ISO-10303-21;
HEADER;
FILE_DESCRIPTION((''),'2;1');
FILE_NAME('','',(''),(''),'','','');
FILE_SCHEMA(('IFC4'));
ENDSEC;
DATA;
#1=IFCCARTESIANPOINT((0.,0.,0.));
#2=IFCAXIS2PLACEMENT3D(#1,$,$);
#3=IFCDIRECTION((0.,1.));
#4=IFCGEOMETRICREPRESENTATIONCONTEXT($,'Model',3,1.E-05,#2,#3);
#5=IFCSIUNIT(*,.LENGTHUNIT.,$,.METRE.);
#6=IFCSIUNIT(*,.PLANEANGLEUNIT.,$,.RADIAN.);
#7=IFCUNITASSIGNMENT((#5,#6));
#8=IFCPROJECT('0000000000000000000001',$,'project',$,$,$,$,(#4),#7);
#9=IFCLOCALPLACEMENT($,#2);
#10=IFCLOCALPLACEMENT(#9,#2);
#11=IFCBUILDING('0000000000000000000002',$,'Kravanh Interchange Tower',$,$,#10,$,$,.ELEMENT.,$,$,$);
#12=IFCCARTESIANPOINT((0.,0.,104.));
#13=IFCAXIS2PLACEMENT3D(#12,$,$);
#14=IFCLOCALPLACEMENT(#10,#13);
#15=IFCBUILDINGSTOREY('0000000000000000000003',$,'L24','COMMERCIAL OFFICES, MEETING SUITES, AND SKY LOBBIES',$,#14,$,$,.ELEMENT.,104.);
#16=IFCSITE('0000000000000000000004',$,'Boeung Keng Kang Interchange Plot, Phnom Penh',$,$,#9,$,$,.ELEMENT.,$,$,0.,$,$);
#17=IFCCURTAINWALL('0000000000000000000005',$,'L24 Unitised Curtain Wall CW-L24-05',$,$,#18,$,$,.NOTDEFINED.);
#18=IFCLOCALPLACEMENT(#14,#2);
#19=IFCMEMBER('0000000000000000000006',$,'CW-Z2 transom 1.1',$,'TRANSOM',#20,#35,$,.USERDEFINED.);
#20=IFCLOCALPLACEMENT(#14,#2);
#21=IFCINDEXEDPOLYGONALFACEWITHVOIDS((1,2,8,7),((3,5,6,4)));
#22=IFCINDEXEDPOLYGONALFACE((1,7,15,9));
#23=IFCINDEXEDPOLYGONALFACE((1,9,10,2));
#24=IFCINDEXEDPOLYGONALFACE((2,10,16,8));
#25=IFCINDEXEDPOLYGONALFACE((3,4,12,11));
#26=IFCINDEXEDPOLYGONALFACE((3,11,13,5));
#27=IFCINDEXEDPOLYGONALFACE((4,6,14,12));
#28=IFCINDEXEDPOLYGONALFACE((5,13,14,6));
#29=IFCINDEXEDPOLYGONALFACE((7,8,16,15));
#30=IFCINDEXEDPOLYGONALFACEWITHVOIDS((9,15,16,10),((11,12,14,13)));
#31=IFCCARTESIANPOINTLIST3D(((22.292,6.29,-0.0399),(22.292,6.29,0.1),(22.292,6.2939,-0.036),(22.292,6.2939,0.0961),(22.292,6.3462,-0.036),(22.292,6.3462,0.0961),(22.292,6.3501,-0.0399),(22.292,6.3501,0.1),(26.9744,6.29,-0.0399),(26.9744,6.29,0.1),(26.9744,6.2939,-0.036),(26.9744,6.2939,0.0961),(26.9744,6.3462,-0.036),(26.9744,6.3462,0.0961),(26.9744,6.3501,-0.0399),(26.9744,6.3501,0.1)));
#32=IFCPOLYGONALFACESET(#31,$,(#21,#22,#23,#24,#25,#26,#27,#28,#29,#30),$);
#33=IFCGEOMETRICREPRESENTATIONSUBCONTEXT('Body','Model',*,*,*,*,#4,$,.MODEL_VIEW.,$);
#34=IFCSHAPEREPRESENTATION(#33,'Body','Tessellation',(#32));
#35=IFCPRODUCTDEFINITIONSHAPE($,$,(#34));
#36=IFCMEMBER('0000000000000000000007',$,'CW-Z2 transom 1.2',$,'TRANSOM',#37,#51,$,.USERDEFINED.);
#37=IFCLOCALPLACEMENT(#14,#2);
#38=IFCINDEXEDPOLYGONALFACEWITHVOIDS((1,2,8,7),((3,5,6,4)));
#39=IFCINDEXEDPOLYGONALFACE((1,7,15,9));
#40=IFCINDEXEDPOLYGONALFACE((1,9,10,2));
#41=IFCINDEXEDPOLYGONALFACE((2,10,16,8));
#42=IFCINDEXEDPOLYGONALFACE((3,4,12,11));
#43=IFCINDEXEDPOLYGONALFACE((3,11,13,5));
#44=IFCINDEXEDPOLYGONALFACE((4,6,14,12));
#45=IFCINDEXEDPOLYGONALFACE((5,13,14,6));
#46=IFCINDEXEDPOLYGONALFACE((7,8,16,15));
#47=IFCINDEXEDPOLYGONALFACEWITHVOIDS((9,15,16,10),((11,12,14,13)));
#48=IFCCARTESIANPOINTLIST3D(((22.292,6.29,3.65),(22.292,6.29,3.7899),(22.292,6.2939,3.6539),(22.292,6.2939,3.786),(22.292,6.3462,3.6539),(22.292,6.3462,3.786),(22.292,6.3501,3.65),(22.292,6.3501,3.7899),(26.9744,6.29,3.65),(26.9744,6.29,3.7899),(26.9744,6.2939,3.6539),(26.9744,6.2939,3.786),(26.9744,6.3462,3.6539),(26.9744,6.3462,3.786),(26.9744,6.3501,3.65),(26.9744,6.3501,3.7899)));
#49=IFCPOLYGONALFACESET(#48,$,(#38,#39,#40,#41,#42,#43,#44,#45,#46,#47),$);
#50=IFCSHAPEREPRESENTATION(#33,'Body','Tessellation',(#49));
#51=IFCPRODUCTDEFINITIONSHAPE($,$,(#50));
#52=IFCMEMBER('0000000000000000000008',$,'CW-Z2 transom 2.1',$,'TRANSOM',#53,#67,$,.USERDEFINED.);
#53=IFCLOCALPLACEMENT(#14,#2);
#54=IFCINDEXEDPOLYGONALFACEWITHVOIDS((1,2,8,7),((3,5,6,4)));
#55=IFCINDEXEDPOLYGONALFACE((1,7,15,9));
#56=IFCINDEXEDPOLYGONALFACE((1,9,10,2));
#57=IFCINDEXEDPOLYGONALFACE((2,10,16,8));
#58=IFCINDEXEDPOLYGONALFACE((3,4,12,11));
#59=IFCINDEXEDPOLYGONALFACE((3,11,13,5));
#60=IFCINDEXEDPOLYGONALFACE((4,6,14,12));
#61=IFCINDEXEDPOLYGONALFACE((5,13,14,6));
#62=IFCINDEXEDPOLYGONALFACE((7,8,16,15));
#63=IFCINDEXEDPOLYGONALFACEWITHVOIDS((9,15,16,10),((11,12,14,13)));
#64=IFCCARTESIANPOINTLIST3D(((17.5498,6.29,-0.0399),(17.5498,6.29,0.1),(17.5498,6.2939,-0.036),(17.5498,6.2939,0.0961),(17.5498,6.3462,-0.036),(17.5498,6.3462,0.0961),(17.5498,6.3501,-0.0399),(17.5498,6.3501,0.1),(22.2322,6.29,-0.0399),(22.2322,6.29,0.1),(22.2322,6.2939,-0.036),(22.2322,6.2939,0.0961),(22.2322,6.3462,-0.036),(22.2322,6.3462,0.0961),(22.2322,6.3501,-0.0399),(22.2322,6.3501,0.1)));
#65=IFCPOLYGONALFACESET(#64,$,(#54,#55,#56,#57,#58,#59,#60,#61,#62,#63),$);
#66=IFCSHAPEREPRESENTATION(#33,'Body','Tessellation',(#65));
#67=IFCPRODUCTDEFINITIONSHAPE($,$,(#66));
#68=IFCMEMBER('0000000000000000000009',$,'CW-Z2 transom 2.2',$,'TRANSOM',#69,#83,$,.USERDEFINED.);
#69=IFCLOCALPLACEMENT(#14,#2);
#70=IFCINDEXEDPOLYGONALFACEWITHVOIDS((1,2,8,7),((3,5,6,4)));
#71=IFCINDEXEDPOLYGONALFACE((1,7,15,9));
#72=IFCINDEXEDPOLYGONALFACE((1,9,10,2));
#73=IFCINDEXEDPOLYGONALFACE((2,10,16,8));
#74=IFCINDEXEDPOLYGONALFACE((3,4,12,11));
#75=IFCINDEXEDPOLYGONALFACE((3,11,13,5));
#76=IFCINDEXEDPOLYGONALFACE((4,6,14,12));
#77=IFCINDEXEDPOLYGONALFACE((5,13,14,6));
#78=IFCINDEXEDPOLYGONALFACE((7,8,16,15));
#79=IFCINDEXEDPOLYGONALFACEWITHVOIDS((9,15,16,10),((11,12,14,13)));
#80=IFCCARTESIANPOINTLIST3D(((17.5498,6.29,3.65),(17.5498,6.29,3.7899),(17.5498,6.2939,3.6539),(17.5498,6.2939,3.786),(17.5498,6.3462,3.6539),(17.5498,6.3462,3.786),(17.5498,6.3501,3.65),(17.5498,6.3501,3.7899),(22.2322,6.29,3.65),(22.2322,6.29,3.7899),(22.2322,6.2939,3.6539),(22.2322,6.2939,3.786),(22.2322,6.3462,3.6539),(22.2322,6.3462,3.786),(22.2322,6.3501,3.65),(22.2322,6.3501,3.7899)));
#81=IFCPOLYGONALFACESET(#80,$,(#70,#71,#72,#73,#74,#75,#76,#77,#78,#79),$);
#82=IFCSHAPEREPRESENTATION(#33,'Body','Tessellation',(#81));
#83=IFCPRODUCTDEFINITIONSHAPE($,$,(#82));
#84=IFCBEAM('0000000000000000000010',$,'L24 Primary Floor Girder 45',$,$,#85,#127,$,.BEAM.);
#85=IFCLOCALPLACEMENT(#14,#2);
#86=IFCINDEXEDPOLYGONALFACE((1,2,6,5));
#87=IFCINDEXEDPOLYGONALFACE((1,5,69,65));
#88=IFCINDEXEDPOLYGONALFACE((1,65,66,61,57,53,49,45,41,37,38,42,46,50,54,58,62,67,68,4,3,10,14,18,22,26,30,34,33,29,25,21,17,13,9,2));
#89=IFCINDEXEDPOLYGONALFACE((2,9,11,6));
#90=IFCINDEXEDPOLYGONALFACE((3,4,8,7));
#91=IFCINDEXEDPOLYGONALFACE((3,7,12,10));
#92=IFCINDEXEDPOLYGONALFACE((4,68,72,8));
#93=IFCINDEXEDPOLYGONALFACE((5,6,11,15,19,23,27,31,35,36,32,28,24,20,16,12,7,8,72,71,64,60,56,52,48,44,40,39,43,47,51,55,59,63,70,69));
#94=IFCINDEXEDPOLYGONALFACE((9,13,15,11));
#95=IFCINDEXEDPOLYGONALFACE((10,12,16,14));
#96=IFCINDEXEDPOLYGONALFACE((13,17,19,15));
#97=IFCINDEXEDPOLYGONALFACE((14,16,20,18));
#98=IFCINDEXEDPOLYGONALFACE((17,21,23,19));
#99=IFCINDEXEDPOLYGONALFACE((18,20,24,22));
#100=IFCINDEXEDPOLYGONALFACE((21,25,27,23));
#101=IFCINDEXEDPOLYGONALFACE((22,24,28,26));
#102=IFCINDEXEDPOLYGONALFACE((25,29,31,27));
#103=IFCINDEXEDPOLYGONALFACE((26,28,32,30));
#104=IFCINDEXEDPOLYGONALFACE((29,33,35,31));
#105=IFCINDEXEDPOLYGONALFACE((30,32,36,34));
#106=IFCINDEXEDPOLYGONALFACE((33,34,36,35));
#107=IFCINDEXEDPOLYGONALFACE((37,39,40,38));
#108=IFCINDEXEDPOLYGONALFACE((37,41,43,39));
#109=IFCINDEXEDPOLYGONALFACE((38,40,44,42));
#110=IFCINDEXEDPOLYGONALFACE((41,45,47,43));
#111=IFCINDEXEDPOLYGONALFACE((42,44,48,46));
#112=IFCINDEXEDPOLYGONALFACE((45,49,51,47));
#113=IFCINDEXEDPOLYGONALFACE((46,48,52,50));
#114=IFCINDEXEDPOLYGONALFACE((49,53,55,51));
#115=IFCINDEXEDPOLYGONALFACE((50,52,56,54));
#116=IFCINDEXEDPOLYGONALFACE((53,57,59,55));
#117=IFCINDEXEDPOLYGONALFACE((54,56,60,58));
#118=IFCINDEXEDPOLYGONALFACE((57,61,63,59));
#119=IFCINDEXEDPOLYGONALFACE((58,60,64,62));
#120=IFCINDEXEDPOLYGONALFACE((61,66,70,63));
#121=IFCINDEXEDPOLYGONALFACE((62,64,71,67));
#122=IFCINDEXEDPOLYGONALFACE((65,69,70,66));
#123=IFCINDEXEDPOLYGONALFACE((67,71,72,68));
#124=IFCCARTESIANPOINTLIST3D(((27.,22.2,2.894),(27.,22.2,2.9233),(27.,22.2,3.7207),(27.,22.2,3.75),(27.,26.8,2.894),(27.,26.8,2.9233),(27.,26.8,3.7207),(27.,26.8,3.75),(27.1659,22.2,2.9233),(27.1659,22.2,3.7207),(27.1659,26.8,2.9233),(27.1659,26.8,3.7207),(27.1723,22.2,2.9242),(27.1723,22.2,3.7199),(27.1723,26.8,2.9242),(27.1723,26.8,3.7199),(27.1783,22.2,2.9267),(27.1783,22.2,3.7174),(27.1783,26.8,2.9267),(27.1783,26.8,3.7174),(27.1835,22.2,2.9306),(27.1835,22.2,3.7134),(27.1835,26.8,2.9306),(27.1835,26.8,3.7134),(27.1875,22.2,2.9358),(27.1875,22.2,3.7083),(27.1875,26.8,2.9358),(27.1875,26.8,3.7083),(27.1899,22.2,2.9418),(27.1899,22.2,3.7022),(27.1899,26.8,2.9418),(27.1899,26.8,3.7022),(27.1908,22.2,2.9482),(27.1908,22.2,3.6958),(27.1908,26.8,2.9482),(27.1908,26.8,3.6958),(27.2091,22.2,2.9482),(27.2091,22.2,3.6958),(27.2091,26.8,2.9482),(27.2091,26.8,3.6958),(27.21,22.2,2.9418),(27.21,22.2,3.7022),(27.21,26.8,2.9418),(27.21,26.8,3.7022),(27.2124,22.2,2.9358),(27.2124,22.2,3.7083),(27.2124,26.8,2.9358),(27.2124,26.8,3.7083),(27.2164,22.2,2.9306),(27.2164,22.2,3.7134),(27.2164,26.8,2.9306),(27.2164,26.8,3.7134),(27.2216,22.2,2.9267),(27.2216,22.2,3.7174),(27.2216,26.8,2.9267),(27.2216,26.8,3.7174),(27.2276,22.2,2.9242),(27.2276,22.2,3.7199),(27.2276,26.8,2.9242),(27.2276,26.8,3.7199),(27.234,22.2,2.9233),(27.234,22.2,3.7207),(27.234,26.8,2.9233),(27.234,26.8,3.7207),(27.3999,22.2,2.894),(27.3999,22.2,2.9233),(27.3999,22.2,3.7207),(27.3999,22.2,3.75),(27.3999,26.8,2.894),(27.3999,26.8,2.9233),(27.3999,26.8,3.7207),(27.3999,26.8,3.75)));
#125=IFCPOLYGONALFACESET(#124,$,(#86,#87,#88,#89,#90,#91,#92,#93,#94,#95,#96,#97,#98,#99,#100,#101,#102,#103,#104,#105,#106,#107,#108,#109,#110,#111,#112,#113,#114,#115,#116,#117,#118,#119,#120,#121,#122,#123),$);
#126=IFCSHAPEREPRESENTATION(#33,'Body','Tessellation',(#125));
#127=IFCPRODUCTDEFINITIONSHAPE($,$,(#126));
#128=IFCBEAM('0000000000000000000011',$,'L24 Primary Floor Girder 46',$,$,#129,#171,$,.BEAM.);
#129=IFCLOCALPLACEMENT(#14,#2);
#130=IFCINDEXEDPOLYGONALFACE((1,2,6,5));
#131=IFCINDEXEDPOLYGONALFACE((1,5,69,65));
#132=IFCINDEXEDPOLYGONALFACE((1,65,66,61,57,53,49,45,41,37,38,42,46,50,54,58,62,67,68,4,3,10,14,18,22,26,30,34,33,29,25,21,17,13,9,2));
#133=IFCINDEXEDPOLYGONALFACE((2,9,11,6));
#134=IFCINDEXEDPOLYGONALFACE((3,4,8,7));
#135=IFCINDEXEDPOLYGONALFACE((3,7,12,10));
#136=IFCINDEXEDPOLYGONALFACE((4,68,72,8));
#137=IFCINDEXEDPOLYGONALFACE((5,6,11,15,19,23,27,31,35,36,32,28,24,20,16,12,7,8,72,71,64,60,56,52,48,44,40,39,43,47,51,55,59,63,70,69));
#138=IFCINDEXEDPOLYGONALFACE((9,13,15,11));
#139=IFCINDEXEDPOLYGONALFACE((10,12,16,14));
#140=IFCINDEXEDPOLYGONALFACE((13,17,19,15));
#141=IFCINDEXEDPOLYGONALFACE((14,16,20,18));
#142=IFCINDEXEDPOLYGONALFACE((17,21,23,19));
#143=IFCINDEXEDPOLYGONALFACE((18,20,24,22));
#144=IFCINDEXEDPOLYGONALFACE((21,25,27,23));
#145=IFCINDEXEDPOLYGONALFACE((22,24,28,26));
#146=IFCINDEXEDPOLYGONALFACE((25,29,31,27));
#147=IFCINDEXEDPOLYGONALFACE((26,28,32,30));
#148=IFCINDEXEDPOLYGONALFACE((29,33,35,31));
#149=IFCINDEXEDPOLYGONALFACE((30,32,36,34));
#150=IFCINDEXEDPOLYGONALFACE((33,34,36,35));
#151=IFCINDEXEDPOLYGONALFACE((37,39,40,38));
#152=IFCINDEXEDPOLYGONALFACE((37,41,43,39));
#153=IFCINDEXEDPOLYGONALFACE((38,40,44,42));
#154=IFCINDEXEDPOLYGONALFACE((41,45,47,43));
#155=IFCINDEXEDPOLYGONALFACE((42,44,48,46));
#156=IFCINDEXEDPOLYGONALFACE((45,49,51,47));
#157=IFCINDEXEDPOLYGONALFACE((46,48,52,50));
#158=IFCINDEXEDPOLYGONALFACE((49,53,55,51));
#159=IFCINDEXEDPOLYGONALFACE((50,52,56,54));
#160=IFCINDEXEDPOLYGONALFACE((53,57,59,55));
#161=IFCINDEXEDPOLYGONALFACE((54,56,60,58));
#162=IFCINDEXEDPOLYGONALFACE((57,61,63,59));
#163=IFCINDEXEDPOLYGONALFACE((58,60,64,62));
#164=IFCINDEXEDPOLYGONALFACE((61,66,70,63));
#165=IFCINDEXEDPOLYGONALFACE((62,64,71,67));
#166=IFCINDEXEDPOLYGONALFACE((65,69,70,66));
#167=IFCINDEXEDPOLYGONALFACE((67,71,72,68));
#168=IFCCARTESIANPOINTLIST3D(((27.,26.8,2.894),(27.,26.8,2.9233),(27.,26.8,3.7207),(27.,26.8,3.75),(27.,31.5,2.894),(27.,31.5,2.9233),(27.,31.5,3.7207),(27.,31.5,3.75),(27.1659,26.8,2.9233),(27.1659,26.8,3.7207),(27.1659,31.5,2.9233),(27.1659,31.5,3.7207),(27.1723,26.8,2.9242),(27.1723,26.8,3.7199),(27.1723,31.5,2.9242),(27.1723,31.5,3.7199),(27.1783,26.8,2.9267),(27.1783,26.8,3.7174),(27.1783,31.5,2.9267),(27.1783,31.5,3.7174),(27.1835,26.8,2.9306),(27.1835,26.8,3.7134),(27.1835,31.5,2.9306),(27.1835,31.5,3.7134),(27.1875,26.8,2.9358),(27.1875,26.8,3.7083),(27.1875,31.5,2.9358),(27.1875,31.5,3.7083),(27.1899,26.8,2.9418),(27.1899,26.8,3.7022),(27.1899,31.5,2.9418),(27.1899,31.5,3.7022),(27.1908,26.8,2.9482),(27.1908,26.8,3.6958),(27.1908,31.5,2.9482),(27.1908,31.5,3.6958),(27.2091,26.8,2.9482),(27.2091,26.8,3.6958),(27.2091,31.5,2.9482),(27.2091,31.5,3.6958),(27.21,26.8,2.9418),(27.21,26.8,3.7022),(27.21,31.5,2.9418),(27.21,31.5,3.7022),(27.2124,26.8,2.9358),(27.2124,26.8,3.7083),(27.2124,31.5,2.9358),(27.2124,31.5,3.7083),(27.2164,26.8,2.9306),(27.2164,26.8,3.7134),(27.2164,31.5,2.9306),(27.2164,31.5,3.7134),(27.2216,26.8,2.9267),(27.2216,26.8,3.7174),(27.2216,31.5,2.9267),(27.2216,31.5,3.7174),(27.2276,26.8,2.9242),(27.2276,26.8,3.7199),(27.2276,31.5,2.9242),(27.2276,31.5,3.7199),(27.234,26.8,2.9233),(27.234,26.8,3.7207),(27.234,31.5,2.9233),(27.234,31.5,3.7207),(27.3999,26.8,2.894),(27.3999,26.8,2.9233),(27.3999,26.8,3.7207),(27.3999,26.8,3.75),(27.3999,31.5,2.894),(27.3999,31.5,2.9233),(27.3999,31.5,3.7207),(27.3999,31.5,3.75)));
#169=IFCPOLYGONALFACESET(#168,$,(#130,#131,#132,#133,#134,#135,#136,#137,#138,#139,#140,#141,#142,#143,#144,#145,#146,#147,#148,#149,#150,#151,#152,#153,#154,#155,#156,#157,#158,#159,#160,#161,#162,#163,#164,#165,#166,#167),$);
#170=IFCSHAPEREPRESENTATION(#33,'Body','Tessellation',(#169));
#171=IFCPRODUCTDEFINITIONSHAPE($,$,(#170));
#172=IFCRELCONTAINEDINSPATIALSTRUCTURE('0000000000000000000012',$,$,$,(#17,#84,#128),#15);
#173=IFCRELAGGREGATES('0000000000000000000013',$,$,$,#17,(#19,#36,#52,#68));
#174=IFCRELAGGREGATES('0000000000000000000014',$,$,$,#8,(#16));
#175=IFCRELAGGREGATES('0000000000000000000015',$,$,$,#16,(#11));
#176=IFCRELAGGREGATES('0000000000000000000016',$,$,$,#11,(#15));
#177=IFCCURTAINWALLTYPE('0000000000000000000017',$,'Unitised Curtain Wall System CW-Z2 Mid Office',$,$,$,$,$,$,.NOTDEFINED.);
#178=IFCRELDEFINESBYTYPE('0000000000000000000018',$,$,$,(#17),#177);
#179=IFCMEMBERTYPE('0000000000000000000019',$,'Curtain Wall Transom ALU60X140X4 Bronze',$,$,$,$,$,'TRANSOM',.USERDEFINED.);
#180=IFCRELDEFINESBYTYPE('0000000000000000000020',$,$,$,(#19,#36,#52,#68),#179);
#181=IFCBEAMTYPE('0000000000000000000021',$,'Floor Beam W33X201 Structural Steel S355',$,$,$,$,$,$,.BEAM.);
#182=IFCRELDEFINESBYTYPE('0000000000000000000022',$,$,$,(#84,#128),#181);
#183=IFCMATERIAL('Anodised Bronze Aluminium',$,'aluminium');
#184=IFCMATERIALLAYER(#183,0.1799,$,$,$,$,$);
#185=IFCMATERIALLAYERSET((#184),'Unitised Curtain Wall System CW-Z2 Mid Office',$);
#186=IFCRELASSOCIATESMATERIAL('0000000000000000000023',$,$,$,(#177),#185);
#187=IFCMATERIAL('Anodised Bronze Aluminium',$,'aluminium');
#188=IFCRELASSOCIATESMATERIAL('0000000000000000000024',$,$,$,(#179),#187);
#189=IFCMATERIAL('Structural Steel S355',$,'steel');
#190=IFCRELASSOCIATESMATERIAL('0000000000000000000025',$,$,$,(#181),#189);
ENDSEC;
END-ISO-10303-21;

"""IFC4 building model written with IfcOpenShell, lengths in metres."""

from ifc_helpers import new_model, si_unit, direction, frame, origin, origin_2d, place, context, subcontext, project, spatial, hollow_rectangle, i_section, extrude, material, layer, layer_set, material_profile, profile_set, type_object, element, aggregate, save


model = new_model("IFC4")

# Units and contexts
model_context = context("Model", 3, precision=1e-05, world=origin(), true_north=direction((0.0, 1.0)))
body_context = subcontext(model_context, "Body", "Model", "MODEL_VIEW")
ifc_project = project(units=[si_unit("LENGTHUNIT", "METRE"), si_unit("PLANEANGLEUNIT", "RADIAN")], contexts=[model_context])

# Site, building, storey
site_placement = place(None, origin())
site = spatial("IfcSite", under=ifc_project, at=site_placement, Name="Boeung Keng Kang Interchange Plot, Phnom Penh", CompositionType="ELEMENT", RefElevation=0.0)
building_placement = place(site_placement, origin())
building = spatial("IfcBuilding", under=site, at=building_placement, Name="Kravanh Interchange Tower", CompositionType="ELEMENT")
storey_placement = place(building_placement, frame((0.0, 0.0, 104.0)))
storey = spatial("IfcBuildingStorey", under=building, at=storey_placement, Name="L24", Description="COMMERCIAL OFFICES, MEETING SUITES, AND SKY LOBBIES", CompositionType="ELEMENT", Elevation=104.0)

# Curtain wall
ifc_material_1 = material(Name="Anodised Bronze Aluminium", Category="aluminium")
ifc_layer_1 = layer(ifc_material_1, 0.1799)
ifc_layer_set_1 = layer_set([ifc_layer_1], Name="Unitised Curtain Wall System CW-Z2 Mid Office")
curtain_wall_type = type_object("IfcCurtainWallType", Name="Unitised Curtain Wall System CW-Z2 Mid Office", PredefinedType="NOTDEFINED", material=ifc_layer_set_1)
curtain_wall_1_placement = place(storey_placement, origin())
curtain_wall_1 = element("IfcCurtainWall", 1, at=curtain_wall_1_placement, inside=storey, type_object=curtain_wall_type, Name="L24 Unitised Curtain Wall CW-L24-05", PredefinedType="NOTDEFINED")

# Members
ifc_material_2 = material(Name="Anodised Bronze Aluminium", Category="aluminium")
ifc_material_profile_1 = material_profile(ifc_material_2, hollow_rectangle(XDim=0.0601, YDim=0.1399, WallThickness=0.0039, at=origin_2d()), Name="ALU60X140X4")
ifc_profile_set_1 = profile_set([ifc_material_profile_1], Name="Anodised Bronze Aluminium")
member_type_1 = type_object("IfcMemberType", Name="Curtain Wall Transom ALU60X140X4 Bronze", ElementType="TRANSOM", PredefinedType="USERDEFINED", material=ifc_profile_set_1)
member_1_placement = place(storey_placement, frame((26.9744, 6.3201, 0.03), z_axis=(-1.0, 0.0, 0.0), x_axis=(0.0, -1.0, 0.0)))
member_1 = element("IfcMember", 2, at=member_1_placement, type_object=member_type_1, Name="CW-Z2 transom 1.1", ObjectType="TRANSOM", PredefinedType="USERDEFINED", context=body_context, shape_type="SweptSolid", body=[
    extrude(hollow_rectangle(XDim=0.0601, YDim=0.1399, WallThickness=0.0039, at=origin_2d()), origin(), (0.0, 0.0, 1.0), 4.6824),
])
member_2_placement = place(storey_placement, frame((26.9744, 6.3201, 3.72), z_axis=(-1.0, 0.0, 0.0), x_axis=(0.0, -1.0, 0.0)))
member_2 = element("IfcMember", 3, at=member_2_placement, type_object=member_type_1, Name="CW-Z2 transom 1.2", ObjectType="TRANSOM", PredefinedType="USERDEFINED", context=body_context, shape_type="SweptSolid", body=[
    extrude(hollow_rectangle(XDim=0.0601, YDim=0.1399, WallThickness=0.0039, at=origin_2d()), origin(), (0.0, 0.0, 1.0), 4.6824),
])
member_3_placement = place(storey_placement, frame((22.2322, 6.3201, 0.03), z_axis=(-1.0, 0.0, 0.0), x_axis=(0.0, -1.0, 0.0)))
member_3 = element("IfcMember", 4, at=member_3_placement, type_object=member_type_1, Name="CW-Z2 transom 2.1", ObjectType="TRANSOM", PredefinedType="USERDEFINED", context=body_context, shape_type="SweptSolid", body=[
    extrude(hollow_rectangle(XDim=0.0601, YDim=0.1399, WallThickness=0.0039, at=origin_2d()), origin(), (0.0, 0.0, 1.0), 4.6824),
])
member_4_placement = place(storey_placement, frame((22.2322, 6.3201, 3.72), z_axis=(-1.0, 0.0, 0.0), x_axis=(0.0, -1.0, 0.0)))
member_4 = element("IfcMember", 5, at=member_4_placement, type_object=member_type_1, Name="CW-Z2 transom 2.2", ObjectType="TRANSOM", PredefinedType="USERDEFINED", context=body_context, shape_type="SweptSolid", body=[
    extrude(hollow_rectangle(XDim=0.0601, YDim=0.1399, WallThickness=0.0039, at=origin_2d()), origin(), (0.0, 0.0, 1.0), 4.6824),
])

# Beams
ifc_material_3 = material(Name="Structural Steel S355", Category="steel")
ifc_material_profile_2 = material_profile(ifc_material_3, i_section(OverallWidth=0.3999, OverallDepth=0.856, WebThickness=0.0183, FlangeThickness=0.0293, FilletRadius=0.0249, at=origin_2d()), Name="W33X201")
ifc_profile_set_2 = profile_set([ifc_material_profile_2], Name="Structural Steel S355")
beam_type_1 = type_object("IfcBeamType", Name="Floor Beam W33X201 Structural Steel S355", PredefinedType="BEAM", material=ifc_profile_set_2)
beam_1_placement = place(storey_placement, frame((27.2, 26.8, 3.322), z_axis=(0.0, -1.0, 0.0), x_axis=(1.0, 0.0, 0.0)))
element("IfcBeam", 6, at=beam_1_placement, inside=storey, type_object=beam_type_1, Name="L24 Primary Floor Girder 45", PredefinedType="BEAM", context=body_context, shape_type="SweptSolid", body=[
    extrude(i_section(OverallWidth=0.3999, OverallDepth=0.856, WebThickness=0.0183, FlangeThickness=0.0293, FilletRadius=0.0249, at=origin_2d()), origin(), (0.0, 0.0, 1.0), 4.6001),
])
beam_2_placement = place(storey_placement, frame((27.2, 26.8, 3.322), z_axis=(0.0, 1.0, 0.0), x_axis=(-1.0, 0.0, 0.0)))
element("IfcBeam", 7, at=beam_2_placement, inside=storey, type_object=beam_type_1, Name="L24 Primary Floor Girder 46", PredefinedType="BEAM", context=body_context, shape_type="SweptSolid", body=[
    extrude(i_section(OverallWidth=0.3999, OverallDepth=0.856, WebThickness=0.0183, FlangeThickness=0.0293, FilletRadius=0.0249, at=origin_2d()), origin(), (0.0, 0.0, 1.0), 4.7),
])

aggregate(curtain_wall_1, [member_1, member_2, member_3, member_4])

save(model, "model.ifc")
